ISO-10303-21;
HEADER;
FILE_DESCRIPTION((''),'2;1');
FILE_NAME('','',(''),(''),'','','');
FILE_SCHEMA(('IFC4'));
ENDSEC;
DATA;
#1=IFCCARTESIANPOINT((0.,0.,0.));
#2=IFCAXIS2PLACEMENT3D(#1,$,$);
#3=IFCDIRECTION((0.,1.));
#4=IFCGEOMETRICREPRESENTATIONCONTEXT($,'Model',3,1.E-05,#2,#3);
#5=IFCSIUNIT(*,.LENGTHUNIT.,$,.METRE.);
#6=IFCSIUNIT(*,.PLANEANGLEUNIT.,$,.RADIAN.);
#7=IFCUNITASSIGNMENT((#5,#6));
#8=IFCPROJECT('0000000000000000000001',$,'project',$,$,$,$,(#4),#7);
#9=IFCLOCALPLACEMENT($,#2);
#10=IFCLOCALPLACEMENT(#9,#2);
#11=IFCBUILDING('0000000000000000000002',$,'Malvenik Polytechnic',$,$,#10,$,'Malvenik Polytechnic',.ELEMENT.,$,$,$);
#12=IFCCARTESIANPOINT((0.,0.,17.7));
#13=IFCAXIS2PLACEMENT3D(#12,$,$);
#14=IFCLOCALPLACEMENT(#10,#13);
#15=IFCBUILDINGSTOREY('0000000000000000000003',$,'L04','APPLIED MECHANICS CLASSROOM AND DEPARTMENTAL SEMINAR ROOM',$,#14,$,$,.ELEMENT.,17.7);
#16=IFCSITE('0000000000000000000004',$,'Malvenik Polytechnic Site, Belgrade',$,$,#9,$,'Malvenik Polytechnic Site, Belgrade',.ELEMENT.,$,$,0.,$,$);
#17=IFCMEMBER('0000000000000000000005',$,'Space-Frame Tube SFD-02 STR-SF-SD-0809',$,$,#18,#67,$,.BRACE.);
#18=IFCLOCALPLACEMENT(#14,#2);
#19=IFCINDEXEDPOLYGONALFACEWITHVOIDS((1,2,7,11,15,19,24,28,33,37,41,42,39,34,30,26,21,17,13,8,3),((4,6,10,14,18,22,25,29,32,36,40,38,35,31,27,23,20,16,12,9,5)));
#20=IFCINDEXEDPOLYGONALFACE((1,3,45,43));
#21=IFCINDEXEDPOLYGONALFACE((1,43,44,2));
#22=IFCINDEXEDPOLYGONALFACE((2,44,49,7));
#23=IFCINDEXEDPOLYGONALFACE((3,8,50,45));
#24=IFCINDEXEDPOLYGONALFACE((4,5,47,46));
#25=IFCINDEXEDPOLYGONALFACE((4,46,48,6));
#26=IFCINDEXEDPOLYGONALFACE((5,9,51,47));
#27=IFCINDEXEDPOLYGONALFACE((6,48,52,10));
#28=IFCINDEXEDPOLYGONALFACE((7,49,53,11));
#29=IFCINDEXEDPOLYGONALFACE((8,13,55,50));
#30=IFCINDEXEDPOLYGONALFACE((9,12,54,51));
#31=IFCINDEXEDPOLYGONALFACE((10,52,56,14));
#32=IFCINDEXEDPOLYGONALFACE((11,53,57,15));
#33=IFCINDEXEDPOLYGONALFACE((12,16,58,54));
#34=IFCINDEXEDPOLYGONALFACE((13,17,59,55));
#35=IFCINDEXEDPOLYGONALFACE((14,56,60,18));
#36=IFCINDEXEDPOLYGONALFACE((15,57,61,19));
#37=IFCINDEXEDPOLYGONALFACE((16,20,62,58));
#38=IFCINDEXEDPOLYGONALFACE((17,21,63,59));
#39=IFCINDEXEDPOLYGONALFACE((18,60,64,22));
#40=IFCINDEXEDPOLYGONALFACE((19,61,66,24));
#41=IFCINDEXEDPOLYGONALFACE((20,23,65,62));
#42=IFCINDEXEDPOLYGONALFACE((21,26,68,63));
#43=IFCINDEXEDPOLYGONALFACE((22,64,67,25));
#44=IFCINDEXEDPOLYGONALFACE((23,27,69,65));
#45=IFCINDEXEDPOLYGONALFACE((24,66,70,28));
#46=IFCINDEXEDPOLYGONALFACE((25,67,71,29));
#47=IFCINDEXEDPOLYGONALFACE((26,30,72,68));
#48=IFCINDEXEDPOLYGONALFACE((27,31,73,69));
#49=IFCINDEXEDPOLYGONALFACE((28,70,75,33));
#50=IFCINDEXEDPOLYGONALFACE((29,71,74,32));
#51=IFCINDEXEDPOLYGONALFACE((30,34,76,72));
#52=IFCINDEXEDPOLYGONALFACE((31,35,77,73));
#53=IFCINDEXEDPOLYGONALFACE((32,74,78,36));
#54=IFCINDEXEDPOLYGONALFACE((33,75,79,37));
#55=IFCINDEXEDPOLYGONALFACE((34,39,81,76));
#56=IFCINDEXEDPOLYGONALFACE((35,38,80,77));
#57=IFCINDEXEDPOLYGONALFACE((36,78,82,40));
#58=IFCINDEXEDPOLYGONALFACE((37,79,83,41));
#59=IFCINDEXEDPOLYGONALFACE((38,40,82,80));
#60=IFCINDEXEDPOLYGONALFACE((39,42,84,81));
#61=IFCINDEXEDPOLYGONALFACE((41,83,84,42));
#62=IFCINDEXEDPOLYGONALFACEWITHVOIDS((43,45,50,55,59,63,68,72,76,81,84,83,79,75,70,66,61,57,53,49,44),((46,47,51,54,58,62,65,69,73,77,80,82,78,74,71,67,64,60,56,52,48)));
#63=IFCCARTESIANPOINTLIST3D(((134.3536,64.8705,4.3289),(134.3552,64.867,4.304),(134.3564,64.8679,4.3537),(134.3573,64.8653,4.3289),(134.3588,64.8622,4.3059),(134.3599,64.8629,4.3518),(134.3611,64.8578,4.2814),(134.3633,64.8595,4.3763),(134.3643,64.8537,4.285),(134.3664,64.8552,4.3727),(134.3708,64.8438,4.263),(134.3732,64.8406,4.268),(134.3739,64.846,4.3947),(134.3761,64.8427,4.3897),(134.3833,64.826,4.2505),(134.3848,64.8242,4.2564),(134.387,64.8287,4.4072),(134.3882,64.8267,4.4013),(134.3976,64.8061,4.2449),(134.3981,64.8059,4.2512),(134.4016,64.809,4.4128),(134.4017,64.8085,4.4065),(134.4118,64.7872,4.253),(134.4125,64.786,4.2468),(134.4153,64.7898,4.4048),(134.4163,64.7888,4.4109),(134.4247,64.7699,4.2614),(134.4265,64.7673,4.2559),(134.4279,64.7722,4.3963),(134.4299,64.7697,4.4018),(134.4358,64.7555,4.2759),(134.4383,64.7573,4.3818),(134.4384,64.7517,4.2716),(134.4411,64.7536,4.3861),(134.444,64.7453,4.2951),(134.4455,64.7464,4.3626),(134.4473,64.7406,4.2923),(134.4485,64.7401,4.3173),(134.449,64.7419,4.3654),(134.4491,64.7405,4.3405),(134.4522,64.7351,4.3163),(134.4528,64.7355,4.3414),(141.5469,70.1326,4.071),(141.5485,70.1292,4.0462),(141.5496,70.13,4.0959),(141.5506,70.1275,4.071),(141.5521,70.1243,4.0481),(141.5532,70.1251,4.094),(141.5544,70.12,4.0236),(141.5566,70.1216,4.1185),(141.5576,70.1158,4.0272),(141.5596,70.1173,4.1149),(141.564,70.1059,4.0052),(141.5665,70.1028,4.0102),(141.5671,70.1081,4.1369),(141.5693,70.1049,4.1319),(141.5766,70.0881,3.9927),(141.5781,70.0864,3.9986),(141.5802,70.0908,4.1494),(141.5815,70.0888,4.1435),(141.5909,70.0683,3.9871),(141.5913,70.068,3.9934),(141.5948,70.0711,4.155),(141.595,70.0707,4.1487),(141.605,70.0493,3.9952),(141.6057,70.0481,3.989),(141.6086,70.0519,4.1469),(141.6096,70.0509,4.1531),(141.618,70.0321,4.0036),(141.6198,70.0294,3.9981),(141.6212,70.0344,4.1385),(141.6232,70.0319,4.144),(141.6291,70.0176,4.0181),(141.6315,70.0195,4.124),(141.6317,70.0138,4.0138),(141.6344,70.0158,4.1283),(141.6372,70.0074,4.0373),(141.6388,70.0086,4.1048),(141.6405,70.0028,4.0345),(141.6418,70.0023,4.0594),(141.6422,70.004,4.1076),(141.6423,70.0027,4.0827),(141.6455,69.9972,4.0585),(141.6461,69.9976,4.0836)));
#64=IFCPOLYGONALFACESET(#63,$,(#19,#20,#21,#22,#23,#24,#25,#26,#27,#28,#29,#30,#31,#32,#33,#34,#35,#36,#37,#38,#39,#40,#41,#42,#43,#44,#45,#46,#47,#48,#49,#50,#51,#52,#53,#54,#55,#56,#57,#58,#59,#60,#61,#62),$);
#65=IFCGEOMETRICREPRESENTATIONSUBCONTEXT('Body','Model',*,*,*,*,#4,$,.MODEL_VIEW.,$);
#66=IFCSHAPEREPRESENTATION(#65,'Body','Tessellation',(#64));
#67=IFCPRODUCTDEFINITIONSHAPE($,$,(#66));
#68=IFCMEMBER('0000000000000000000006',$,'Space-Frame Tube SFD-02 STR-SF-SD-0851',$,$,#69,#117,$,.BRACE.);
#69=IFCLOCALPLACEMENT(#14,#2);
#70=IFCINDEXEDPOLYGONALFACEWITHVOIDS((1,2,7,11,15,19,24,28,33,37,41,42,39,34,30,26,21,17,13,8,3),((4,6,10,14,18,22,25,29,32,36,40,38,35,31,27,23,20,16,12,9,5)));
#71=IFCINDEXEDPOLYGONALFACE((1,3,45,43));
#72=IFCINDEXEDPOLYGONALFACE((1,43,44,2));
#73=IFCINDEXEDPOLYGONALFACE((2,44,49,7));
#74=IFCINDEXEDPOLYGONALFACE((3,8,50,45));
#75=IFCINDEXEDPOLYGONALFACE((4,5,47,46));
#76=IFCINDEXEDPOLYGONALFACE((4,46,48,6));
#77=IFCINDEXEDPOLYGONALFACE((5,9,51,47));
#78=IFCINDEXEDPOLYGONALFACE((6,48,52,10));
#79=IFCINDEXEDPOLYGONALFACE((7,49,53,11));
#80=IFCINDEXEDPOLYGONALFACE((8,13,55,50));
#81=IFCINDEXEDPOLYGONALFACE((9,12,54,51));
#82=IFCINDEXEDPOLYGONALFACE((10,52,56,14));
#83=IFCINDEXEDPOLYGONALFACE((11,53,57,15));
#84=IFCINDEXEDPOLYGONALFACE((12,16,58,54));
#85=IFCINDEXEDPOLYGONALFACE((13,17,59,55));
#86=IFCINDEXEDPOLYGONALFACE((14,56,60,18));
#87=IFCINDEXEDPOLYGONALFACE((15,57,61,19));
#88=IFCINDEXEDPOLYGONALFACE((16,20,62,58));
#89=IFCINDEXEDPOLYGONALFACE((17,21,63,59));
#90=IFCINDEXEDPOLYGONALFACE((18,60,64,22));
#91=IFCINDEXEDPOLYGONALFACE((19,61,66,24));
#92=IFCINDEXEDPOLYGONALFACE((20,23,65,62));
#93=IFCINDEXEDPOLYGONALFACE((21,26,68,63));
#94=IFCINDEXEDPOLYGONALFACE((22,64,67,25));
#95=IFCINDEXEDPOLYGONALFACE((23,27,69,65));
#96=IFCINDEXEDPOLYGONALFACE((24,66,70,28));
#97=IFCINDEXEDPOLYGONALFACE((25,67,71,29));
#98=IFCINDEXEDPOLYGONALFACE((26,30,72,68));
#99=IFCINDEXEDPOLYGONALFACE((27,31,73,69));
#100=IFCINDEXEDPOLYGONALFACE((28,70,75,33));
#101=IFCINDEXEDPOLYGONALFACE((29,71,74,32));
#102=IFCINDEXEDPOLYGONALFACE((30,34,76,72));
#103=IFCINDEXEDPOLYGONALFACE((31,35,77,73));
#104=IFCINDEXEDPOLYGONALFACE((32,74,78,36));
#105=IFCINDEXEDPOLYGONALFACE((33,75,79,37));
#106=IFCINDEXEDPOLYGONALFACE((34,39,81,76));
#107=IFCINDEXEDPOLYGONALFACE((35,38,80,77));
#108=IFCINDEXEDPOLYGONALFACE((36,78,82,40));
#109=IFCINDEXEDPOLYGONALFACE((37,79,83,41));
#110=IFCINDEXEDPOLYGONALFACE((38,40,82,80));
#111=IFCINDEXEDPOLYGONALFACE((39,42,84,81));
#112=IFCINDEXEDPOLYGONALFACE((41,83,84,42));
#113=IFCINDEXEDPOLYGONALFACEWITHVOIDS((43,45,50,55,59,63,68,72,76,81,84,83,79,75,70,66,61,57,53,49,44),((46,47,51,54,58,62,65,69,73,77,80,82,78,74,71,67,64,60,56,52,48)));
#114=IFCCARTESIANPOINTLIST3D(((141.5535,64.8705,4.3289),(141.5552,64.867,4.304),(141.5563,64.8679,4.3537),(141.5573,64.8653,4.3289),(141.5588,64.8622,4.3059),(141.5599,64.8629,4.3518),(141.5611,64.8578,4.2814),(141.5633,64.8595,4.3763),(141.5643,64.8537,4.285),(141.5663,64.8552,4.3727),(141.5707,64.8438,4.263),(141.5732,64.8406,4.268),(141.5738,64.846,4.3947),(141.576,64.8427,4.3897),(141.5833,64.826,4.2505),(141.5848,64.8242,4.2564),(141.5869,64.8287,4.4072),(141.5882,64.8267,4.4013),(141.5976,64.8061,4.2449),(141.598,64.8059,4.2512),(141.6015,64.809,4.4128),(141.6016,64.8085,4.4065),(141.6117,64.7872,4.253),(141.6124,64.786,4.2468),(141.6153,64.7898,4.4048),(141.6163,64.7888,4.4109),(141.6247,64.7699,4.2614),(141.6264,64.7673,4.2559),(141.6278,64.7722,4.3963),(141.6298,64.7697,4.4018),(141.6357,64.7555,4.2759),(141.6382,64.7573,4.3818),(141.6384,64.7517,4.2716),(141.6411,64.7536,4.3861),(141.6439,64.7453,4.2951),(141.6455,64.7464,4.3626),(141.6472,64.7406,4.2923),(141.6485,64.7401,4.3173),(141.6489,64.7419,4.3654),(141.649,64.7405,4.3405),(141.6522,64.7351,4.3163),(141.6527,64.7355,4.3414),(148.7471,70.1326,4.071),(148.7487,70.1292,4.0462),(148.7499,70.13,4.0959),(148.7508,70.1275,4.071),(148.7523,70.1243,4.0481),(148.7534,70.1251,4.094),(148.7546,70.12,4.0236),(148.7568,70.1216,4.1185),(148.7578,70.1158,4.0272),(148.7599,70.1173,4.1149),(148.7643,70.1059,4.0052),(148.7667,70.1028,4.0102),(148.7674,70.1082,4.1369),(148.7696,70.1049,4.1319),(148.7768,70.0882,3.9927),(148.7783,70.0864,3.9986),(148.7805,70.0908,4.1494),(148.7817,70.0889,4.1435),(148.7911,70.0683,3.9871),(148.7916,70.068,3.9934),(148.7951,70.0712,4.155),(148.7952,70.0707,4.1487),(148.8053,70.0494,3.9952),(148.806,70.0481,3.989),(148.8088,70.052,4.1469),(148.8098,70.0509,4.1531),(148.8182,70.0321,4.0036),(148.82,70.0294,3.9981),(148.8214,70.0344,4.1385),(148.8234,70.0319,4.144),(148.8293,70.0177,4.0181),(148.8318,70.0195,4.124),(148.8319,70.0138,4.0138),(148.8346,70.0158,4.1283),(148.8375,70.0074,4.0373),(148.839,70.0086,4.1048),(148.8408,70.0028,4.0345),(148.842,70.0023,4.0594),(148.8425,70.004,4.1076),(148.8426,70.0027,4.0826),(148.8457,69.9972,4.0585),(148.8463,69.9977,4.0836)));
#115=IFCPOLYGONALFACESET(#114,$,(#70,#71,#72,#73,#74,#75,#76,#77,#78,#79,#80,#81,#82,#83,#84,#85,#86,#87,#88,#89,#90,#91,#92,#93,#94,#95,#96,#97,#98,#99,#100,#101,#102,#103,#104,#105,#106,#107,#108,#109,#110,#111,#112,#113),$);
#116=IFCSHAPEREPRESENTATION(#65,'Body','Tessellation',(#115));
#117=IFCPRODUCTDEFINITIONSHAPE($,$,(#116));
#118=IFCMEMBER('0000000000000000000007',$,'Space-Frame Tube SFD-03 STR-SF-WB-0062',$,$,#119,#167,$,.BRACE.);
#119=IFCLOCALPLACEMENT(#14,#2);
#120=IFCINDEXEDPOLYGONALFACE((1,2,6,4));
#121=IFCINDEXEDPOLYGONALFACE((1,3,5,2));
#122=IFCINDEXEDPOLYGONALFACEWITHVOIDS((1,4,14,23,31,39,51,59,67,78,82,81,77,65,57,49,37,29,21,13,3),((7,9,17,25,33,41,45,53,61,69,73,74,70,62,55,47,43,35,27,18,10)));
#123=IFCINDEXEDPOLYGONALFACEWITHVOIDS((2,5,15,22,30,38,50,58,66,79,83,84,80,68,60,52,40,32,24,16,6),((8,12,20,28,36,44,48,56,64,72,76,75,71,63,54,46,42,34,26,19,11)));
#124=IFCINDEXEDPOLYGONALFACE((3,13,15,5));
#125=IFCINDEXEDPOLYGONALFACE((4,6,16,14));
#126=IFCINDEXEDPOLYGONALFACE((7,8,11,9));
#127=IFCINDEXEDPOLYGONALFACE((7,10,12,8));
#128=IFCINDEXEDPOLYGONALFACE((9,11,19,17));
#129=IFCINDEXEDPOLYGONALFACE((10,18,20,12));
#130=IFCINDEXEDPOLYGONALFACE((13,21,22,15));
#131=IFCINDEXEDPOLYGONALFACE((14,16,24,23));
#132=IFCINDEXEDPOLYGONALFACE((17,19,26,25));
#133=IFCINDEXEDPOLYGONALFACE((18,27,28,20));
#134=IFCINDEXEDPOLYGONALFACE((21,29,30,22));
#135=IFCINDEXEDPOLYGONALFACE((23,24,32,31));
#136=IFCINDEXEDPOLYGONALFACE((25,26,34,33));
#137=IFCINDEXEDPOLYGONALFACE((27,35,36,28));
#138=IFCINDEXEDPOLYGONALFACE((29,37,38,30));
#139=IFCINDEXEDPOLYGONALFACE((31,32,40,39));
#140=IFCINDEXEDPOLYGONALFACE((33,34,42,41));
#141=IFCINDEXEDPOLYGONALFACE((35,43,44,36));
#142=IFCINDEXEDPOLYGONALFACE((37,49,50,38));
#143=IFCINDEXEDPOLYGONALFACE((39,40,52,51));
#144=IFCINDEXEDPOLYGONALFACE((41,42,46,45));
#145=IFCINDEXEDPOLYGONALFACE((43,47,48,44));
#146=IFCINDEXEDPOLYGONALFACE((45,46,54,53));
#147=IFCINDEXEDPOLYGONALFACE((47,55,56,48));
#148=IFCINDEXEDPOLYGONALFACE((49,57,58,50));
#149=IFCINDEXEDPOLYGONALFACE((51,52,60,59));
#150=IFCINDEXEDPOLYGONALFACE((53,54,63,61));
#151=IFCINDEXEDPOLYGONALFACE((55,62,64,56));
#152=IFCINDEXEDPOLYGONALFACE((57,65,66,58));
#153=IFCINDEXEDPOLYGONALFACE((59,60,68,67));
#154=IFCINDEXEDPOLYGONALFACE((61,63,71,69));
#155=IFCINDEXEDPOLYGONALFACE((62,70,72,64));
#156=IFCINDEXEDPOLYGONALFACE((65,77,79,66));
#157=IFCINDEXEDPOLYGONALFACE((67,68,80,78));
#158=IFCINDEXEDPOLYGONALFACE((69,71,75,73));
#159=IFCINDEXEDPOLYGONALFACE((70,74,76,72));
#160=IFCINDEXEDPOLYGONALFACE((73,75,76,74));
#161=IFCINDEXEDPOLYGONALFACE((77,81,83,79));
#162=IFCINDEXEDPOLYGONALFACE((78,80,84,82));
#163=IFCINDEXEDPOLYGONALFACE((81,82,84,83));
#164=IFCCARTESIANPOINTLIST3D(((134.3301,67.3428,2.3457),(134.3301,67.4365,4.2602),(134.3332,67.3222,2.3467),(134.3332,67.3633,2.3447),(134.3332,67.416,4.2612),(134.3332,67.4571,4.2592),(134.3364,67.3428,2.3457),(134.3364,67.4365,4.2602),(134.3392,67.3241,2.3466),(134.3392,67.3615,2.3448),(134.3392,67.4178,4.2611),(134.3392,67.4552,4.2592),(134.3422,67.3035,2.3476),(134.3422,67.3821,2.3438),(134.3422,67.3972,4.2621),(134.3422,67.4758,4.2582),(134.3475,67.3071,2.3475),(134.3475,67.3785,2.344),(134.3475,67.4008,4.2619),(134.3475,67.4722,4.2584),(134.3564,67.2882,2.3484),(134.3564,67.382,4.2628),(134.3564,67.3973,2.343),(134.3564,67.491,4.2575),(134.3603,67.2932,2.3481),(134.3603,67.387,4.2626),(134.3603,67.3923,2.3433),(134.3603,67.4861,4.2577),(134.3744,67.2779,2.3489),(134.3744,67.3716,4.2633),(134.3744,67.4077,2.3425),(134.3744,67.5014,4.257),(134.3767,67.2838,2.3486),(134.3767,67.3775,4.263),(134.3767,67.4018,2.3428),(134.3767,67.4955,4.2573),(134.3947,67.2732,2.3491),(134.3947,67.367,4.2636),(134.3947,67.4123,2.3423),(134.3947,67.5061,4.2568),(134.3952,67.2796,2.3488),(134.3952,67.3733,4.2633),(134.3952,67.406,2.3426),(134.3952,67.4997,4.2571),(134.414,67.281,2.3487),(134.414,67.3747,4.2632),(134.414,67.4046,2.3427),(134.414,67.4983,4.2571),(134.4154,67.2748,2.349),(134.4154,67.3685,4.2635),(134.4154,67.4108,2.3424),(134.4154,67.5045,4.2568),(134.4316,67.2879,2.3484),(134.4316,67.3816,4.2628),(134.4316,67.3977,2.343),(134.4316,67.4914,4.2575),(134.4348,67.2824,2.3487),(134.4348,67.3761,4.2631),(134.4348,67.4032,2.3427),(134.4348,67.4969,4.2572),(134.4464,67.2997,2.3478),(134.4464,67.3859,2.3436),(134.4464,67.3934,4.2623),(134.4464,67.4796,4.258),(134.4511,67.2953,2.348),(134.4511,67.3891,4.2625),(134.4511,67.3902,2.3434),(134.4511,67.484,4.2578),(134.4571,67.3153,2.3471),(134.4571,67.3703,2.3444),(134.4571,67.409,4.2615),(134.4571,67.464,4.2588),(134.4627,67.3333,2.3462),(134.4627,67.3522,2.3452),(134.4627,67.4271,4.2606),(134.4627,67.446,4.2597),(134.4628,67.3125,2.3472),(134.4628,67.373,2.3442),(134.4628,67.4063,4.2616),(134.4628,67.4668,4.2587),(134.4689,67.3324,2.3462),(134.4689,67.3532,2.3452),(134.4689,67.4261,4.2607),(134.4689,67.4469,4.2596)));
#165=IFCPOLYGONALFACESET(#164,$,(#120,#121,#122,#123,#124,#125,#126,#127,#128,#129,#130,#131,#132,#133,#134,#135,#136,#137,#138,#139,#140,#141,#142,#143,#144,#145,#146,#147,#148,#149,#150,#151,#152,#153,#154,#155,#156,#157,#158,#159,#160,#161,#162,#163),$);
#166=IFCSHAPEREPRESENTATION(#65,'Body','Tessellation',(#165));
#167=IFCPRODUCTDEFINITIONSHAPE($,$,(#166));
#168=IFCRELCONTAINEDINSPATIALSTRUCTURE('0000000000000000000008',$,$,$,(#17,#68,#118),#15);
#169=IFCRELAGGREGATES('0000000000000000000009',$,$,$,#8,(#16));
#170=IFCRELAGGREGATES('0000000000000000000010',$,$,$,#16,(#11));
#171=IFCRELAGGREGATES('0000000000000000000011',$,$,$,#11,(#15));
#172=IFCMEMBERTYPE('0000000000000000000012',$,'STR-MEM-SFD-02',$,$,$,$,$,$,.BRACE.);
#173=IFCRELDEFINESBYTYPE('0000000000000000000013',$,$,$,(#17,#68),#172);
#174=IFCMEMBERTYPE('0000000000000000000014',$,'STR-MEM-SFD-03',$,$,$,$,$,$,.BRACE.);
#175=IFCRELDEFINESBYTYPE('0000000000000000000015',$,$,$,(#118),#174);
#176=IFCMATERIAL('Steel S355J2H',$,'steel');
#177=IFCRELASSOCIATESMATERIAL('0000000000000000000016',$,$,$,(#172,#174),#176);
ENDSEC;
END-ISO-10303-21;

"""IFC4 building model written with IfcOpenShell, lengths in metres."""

from ifc_helpers import new_model, si_unit, direction, frame, origin, origin_2d, place, context, subcontext, project, spatial, hollow_circle, extrude, material, material_profile, profile_set, type_object, element, save


model = new_model("IFC4")

# Units and contexts
model_context = context("Model", 3, precision=1e-05, world=origin(), true_north=direction((0.0, 1.0)))
body_context = subcontext(model_context, "Body", "Model", "MODEL_VIEW")
ifc_project = project(units=[si_unit("LENGTHUNIT", "METRE"), si_unit("PLANEANGLEUNIT", "RADIAN")], contexts=[model_context])

# Site, building, storey
site_placement = place(None, origin())
site = spatial("IfcSite", under=ifc_project, at=site_placement, Name="Malvenik Polytechnic Site, Belgrade", LongName="Malvenik Polytechnic Site, Belgrade", CompositionType="ELEMENT", RefElevation=0.0)
building_placement = place(site_placement, origin())
building = spatial("IfcBuilding", under=site, at=building_placement, Name="Malvenik Polytechnic", LongName="Malvenik Polytechnic", CompositionType="ELEMENT")
storey_placement = place(building_placement, frame((0.0, 0.0, 17.7)))
storey = spatial("IfcBuildingStorey", under=building, at=storey_placement, Name="L04", Description="APPLIED MECHANICS CLASSROOM AND DEPARTMENTAL SEMINAR ROOM", CompositionType="ELEMENT", Elevation=17.7)

# Members
ifc_material = material(Name="Steel S355J2H", Category="steel")
ifc_material_profile_1 = material_profile(ifc_material, hollow_circle(Radius=0.0842, WallThickness=0.0063, at=origin_2d()), Name="CHS 168.3x6.3")
ifc_profile_set_1 = profile_set([ifc_material_profile_1], Name="Steel S355J2H")
member_type_1 = type_object("IfcMemberType", Name="STR-MEM-SFD-02", PredefinedType="BRACE", material=ifc_profile_set_1)
member_1_placement = place(storey_placement, frame((134.4033, 64.8025, 4.3289), z_axis=(0.806758, 0.590173, -0.028915), x_axis=(-0.59042, 0.807096, 0.0)))
element("IfcMember", 1, at=member_1_placement, inside=storey, type_object=member_type_1, Name="Space-Frame Tube SFD-02 STR-SF-SD-0809", PredefinedType="BRACE", context=body_context, shape_type="SweptSolid", body=[
    extrude(hollow_circle(Radius=0.0842, WallThickness=0.0063, at=origin_2d()), origin(), (0.0, 0.0, 1.0), 8.9163),
])
member_2_placement = place(storey_placement, frame((141.6033, 64.8025, 4.3289), z_axis=(0.806768, 0.59016, -0.028914), x_axis=(-0.590407, 0.807105, 0.0)))
element("IfcMember", 2, at=member_2_placement, inside=storey, type_object=member_type_1, Name="Space-Frame Tube SFD-02 STR-SF-SD-0851", PredefinedType="BRACE", context=body_context, shape_type="SweptSolid", body=[
    extrude(hollow_circle(Radius=0.0842, WallThickness=0.0063, at=origin_2d()), origin(), (0.0, 0.0, 1.0), 8.9165),
])
ifc_material_profile_2 = material_profile(ifc_material, hollow_circle(Radius=0.0698, WallThickness=0.0063, at=origin_2d()), Name="CHS 139.7x6.3")
ifc_profile_set_2 = profile_set([ifc_material_profile_2], Name="Steel S355J2H")
member_type_2 = type_object("IfcMemberType", Name="STR-MEM-SFD-03", PredefinedType="BRACE", material=ifc_profile_set_2)
member_3_placement = place(storey_placement, frame((134.3999, 67.3428, 2.3457), z_axis=(0.0, 0.048908, 0.998803), x_axis=(-1.0, 0.0, 0.0)))
element("IfcMember", 3, at=member_3_placement, inside=storey, type_object=member_type_2, Name="Space-Frame Tube SFD-03 STR-SF-WB-0062", PredefinedType="BRACE", context=body_context, shape_type="SweptSolid", body=[
    extrude(hollow_circle(Radius=0.0698, WallThickness=0.0063, at=origin_2d()), origin(), (0.0, 0.0, 1.0), 1.9167),
])

save(model, "model.ifc")
